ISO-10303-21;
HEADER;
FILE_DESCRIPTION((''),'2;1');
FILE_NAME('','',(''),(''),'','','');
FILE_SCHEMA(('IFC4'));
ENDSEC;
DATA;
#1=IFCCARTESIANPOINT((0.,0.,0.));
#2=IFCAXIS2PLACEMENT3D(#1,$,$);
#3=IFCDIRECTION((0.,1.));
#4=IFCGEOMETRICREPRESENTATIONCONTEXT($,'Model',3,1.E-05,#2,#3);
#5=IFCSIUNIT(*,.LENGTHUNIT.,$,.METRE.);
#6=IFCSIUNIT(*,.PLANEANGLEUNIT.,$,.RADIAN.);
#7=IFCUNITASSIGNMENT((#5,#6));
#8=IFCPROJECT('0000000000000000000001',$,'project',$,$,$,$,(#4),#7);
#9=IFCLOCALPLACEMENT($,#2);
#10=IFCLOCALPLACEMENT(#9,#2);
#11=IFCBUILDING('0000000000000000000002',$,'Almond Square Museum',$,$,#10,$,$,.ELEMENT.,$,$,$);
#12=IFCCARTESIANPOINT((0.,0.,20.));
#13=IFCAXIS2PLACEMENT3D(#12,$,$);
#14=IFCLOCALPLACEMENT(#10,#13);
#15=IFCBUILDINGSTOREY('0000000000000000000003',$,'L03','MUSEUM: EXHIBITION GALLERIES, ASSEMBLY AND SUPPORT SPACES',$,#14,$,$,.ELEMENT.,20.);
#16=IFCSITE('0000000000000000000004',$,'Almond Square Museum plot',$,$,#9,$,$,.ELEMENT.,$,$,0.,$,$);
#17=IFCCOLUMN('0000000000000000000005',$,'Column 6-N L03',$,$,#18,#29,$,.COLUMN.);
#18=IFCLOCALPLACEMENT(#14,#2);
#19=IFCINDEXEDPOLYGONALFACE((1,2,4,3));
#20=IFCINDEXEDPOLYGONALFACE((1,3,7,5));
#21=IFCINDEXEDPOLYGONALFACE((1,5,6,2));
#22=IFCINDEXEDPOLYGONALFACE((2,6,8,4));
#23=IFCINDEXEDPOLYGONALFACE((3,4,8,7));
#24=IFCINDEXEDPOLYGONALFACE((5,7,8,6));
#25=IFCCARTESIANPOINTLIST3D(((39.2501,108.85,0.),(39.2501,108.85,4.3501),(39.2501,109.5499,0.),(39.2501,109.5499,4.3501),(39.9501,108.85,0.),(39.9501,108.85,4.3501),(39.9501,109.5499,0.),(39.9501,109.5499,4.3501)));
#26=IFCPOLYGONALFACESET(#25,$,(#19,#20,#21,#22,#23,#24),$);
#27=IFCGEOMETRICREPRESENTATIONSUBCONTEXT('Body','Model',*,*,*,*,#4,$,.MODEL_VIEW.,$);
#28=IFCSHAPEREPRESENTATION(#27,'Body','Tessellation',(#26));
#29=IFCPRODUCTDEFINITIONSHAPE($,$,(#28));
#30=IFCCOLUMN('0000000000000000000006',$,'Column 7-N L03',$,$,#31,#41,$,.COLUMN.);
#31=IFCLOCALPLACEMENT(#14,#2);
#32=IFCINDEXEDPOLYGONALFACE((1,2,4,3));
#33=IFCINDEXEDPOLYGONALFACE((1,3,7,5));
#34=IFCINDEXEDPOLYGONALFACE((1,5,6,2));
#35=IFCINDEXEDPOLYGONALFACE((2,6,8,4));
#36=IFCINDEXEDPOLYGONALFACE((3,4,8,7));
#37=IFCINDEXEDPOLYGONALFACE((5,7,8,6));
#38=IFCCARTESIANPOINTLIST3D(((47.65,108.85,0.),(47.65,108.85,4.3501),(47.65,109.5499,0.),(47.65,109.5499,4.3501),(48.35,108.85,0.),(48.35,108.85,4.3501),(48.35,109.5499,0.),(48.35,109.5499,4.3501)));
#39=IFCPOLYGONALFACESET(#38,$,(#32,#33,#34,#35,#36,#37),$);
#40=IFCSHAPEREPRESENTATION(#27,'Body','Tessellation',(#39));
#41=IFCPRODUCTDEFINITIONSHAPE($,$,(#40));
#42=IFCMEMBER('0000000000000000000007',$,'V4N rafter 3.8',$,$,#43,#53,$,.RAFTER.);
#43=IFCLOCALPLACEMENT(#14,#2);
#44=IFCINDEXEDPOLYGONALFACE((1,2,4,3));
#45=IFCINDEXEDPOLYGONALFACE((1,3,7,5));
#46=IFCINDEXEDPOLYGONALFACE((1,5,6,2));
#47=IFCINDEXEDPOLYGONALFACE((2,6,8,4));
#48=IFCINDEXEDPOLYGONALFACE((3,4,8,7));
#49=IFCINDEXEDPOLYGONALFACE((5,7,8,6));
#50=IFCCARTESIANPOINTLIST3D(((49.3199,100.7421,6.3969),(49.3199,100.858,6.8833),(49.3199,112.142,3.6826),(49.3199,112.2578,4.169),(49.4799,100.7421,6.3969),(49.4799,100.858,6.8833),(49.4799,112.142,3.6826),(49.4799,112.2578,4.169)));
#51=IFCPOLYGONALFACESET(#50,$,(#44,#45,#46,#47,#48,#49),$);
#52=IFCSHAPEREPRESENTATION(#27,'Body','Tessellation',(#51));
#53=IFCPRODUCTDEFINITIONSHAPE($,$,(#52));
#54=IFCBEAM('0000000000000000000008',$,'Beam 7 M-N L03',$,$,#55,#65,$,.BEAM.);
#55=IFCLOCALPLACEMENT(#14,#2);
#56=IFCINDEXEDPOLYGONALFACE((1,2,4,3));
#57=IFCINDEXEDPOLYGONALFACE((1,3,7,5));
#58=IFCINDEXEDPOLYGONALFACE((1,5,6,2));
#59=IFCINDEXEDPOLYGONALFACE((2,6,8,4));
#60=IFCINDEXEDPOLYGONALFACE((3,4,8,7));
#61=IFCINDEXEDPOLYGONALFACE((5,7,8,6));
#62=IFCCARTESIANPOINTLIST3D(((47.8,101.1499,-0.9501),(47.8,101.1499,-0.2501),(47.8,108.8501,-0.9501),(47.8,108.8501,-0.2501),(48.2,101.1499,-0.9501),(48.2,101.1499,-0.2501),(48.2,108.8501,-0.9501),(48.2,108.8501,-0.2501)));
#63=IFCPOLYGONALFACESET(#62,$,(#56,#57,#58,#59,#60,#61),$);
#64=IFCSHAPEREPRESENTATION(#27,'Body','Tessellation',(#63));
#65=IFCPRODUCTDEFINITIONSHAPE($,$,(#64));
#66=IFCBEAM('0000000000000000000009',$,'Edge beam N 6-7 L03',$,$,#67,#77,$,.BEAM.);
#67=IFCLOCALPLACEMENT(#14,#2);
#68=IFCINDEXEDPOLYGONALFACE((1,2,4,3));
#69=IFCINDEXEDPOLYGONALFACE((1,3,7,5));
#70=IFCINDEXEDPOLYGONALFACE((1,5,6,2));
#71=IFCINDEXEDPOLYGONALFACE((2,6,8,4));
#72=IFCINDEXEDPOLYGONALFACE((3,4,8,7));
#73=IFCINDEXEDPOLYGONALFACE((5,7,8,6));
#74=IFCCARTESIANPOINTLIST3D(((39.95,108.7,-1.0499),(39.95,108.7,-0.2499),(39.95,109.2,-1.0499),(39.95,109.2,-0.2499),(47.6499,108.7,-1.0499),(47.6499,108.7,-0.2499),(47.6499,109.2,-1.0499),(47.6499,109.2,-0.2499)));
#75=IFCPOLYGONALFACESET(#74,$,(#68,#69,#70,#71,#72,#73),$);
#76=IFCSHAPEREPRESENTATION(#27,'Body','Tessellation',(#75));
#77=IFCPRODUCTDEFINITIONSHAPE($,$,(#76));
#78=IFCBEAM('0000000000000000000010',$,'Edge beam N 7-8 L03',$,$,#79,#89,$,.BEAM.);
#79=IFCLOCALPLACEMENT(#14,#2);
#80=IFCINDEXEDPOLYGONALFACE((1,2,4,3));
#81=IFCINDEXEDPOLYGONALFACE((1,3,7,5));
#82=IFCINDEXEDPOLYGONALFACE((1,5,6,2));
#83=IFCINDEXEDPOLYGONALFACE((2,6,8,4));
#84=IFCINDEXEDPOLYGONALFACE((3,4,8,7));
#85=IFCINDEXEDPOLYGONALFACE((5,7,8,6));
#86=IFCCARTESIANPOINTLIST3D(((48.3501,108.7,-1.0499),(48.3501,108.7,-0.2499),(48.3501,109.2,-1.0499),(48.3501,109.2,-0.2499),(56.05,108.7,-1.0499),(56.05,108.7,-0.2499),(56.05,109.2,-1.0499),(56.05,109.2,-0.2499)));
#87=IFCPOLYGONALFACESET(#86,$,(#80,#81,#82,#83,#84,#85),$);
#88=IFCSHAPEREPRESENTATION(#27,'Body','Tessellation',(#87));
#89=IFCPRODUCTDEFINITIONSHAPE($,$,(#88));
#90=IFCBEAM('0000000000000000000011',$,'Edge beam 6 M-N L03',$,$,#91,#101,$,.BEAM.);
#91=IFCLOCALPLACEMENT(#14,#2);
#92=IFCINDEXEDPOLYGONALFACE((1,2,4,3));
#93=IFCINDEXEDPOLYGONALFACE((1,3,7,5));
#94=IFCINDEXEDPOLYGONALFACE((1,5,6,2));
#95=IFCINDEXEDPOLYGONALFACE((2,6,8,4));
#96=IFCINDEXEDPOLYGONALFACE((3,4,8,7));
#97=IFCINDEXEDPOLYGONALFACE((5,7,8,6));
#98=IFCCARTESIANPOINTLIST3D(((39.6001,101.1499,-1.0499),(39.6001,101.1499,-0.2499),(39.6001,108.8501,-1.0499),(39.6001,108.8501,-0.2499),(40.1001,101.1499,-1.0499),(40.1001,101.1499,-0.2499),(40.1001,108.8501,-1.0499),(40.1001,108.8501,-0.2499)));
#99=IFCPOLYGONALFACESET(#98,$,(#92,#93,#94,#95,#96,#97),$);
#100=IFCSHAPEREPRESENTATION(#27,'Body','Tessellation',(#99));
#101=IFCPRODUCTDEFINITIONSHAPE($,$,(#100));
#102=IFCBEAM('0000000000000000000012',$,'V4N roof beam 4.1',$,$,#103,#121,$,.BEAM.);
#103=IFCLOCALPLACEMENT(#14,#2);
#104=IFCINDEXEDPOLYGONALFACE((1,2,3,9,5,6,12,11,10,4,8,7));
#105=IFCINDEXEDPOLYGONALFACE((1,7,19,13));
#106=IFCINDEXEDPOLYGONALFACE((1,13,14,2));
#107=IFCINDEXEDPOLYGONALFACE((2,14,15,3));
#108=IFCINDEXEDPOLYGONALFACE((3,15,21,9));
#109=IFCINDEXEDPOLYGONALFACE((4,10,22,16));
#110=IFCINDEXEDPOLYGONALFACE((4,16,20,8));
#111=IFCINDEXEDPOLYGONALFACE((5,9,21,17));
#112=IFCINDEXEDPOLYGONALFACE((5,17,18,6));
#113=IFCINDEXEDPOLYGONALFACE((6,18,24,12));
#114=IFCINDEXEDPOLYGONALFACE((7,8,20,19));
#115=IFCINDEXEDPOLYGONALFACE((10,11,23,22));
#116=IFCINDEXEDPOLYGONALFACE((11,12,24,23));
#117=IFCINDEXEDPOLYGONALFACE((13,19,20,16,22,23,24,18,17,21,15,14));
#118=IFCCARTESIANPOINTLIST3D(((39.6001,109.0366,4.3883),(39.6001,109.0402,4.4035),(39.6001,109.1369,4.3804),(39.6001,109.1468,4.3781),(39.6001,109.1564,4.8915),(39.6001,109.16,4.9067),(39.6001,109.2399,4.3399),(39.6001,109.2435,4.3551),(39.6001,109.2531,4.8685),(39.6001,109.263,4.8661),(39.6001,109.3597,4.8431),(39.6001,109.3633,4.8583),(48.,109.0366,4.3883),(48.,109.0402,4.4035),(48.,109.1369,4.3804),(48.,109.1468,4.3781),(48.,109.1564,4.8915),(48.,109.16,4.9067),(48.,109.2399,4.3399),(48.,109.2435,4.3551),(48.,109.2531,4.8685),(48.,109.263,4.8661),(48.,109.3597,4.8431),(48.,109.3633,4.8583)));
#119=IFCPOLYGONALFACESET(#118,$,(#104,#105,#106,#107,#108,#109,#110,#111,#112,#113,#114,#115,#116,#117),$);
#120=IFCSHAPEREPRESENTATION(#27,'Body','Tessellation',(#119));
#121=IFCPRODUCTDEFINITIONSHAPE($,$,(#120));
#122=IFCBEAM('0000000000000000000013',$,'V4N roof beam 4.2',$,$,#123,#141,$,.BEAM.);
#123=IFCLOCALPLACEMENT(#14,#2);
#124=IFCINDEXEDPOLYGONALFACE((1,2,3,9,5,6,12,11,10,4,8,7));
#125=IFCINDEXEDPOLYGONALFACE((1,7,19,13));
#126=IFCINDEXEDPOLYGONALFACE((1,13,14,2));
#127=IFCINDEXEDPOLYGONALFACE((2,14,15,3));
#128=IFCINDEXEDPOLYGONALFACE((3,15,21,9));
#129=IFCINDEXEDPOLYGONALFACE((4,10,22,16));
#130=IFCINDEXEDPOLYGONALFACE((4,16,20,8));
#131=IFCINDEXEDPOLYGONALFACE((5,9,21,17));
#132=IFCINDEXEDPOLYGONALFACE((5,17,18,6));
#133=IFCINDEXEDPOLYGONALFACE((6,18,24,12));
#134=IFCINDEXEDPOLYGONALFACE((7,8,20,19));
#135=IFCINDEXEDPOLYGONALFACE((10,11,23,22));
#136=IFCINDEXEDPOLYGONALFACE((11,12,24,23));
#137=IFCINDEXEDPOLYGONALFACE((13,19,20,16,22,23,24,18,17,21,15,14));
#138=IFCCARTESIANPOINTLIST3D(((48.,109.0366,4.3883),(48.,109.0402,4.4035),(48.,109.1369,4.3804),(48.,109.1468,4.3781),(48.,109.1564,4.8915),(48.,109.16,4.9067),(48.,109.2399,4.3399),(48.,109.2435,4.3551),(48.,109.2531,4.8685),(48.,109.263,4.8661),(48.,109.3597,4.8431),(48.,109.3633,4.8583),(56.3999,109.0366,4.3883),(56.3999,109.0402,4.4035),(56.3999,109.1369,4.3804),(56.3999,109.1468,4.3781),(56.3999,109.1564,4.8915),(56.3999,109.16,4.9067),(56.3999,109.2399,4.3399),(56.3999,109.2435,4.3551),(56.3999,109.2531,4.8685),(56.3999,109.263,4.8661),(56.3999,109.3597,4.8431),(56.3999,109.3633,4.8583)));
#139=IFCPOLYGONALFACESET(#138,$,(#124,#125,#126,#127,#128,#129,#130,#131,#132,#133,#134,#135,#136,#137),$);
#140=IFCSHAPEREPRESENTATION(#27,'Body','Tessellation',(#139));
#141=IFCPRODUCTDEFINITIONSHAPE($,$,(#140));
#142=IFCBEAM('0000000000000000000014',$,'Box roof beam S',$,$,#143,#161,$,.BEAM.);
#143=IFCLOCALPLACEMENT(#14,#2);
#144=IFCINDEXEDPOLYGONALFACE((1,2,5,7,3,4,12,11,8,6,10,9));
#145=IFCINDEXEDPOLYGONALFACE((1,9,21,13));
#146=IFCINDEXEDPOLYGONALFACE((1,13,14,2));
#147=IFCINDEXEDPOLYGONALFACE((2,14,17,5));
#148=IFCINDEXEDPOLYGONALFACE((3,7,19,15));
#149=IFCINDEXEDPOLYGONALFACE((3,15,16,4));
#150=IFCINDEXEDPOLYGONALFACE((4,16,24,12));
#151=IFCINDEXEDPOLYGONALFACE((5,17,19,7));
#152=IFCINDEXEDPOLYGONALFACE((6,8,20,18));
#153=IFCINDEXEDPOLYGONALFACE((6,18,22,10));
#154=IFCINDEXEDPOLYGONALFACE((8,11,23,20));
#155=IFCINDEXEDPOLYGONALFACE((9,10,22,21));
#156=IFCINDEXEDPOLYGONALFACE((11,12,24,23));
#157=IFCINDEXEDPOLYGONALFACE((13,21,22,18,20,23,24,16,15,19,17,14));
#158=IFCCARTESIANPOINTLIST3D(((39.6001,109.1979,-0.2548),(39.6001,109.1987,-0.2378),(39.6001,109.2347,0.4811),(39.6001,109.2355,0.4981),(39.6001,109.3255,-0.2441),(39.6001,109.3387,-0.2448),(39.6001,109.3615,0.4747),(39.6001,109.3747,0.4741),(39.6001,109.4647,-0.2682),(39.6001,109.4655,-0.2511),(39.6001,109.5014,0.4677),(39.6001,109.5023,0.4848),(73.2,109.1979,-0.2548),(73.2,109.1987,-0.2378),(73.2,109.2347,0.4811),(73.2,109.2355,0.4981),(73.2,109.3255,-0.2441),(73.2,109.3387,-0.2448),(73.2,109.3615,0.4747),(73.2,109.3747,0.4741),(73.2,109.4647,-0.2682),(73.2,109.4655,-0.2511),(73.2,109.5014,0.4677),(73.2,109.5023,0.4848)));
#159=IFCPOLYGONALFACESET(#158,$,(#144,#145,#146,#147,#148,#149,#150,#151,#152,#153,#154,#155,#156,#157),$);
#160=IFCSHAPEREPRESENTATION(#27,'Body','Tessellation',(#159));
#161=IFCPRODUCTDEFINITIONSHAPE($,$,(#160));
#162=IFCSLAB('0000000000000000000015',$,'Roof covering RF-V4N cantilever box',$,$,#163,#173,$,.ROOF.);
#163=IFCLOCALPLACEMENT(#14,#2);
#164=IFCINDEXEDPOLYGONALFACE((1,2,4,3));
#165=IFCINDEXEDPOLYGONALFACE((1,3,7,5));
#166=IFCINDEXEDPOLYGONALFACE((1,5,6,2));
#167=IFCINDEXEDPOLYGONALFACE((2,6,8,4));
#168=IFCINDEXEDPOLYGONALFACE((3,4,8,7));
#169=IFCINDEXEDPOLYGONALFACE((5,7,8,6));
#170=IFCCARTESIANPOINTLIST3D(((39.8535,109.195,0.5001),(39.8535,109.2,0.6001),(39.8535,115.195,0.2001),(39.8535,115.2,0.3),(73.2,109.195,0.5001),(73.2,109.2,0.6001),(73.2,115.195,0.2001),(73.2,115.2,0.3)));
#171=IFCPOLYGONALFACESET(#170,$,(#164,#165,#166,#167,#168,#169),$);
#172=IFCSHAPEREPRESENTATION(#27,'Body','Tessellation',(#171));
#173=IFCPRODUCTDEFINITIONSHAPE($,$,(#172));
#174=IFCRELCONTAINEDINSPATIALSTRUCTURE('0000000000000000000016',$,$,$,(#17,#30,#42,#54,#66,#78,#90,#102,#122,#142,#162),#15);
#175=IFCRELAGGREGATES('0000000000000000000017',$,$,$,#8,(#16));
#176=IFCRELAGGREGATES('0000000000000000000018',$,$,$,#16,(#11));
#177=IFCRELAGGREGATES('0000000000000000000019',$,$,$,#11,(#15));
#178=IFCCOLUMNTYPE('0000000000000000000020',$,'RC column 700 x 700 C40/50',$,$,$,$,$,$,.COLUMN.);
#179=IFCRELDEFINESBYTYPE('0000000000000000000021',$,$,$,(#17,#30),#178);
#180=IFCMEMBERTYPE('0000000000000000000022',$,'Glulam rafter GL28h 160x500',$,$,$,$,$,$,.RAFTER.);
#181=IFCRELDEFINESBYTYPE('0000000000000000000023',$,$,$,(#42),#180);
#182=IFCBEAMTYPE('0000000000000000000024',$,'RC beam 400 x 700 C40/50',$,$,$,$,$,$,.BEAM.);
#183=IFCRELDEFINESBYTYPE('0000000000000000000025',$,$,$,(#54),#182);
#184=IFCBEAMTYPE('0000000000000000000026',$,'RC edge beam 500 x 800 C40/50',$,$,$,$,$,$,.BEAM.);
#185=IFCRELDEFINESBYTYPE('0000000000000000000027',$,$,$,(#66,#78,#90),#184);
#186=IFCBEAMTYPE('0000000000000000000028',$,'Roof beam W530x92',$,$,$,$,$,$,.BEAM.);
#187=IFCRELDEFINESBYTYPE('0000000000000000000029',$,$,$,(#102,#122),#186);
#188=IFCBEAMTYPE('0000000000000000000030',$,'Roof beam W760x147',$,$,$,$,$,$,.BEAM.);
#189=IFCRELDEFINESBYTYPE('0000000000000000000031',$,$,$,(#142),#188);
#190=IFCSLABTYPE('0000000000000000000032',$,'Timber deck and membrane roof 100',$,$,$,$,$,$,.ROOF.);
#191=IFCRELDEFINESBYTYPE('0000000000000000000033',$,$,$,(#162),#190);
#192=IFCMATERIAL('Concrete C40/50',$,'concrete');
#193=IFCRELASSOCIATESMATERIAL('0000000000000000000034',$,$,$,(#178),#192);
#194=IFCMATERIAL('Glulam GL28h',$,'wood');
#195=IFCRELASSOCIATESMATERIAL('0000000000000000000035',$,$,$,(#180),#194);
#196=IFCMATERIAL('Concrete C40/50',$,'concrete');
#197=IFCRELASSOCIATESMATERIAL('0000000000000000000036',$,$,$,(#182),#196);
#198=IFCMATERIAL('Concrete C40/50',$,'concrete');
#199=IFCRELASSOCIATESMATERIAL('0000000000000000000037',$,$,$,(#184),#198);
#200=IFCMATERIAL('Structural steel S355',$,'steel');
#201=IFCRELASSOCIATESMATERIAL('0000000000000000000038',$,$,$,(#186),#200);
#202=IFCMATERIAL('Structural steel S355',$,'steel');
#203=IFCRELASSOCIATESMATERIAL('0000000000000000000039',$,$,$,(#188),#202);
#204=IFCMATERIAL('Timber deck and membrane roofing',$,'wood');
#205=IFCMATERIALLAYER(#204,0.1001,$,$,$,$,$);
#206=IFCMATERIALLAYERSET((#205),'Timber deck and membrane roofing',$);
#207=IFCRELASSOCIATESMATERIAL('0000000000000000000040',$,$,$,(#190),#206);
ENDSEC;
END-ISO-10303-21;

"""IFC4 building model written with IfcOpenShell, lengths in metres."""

from ifc_helpers import new_model, si_unit, direction, frame, origin, origin_2d, place, context, subcontext, project, spatial, polyline, rectangle, i_section, outline, extrude, material, layer, layer_set, material_profile, profile_set, type_object, element, save


model = new_model("IFC4")

# Units and contexts
model_context = context("Model", 3, precision=1e-05, world=origin(), true_north=direction((0.0, 1.0)))
body_context = subcontext(model_context, "Body", "Model", "MODEL_VIEW")
ifc_project = project(units=[si_unit("LENGTHUNIT", "METRE"), si_unit("PLANEANGLEUNIT", "RADIAN")], contexts=[model_context])

# Site, building, storey
site_placement = place(None, origin())
site = spatial("IfcSite", under=ifc_project, at=site_placement, Name="Almond Square Museum plot", CompositionType="ELEMENT", RefElevation=0.0)
building_placement = place(site_placement, origin())
building = spatial("IfcBuilding", under=site, at=building_placement, Name="Almond Square Museum", CompositionType="ELEMENT")
storey_placement = place(building_placement, frame((0.0, 0.0, 20.0)))
storey = spatial("IfcBuildingStorey", under=building, at=storey_placement, Name="L03", Description="MUSEUM: EXHIBITION GALLERIES, ASSEMBLY AND SUPPORT SPACES", CompositionType="ELEMENT", Elevation=20.0)

# Columns
ifc_material_1 = material(Name="Concrete C40/50", Category="concrete")
ifc_material_profile_1 = material_profile(ifc_material_1, rectangle(XDim=0.7, YDim=0.7, at=origin_2d()))
ifc_profile_set_1 = profile_set([ifc_material_profile_1], Name="Concrete C40/50")
column_type = type_object("IfcColumnType", Name="RC column 700 x 700 C40/50", PredefinedType="COLUMN", material=ifc_profile_set_1)
for number, where, z_axis, x_axis, name in (
    (1, (39.6001, 109.2, 0.0), (0.0, 0.0, 1.0), (1.0, 0.0, 0.0), "Column 6-N L03"),
    (2, (48.0, 109.2, 0.0), (0.0, 0.0, 1.0), (1.0, 0.0, 0.0), "Column 7-N L03"),
):
    element("IfcColumn", number, at=place(storey_placement, frame(where, z_axis=z_axis, x_axis=x_axis)), inside=storey, type_object=column_type, Name=name, PredefinedType="COLUMN", context=body_context, shape_type="SweptSolid", body=[
        extrude(rectangle(XDim=0.7, YDim=0.7, at=origin_2d()), origin(), (0.0, 0.0, 1.0), 4.3501),
    ])

# Member
ifc_material_2 = material(Name="Glulam GL28h", Category="wood")
ifc_material_profile_2 = material_profile(ifc_material_2, rectangle(XDim=0.1599, YDim=0.5, at=origin_2d()))
ifc_profile_set_2 = profile_set([ifc_material_profile_2], Name="Glulam GL28h")
member_type = type_object("IfcMemberType", Name="Glulam rafter GL28h 160x500", PredefinedType="RAFTER", material=ifc_profile_set_2)
member_placement = place(storey_placement, frame((49.3999, 100.8, 6.6401), z_axis=(0.0, 0.972804, -0.231628), x_axis=(-1.0, 0.0, 0.0)))
element("IfcMember", 3, at=member_placement, inside=storey, type_object=member_type, Name="V4N rafter 3.8", PredefinedType="RAFTER", context=body_context, shape_type="SweptSolid", body=[
    extrude(rectangle(XDim=0.1599, YDim=0.5, at=origin_2d()), origin(), (0.0, 0.0, 1.0), 11.7185),
])

# Beams
ifc_material_3 = material(Name="Concrete C40/50", Category="concrete")
ifc_material_profile_3 = material_profile(ifc_material_3, rectangle(XDim=0.3999, YDim=0.7, at=origin_2d()))
ifc_profile_set_3 = profile_set([ifc_material_profile_3], Name="Concrete C40/50")
beam_type_1 = type_object("IfcBeamType", Name="RC beam 400 x 700 C40/50", PredefinedType="BEAM", material=ifc_profile_set_3)
beam_1_placement = place(storey_placement, frame((48.0, 101.1499, -0.6001), z_axis=(0.0, 1.0, 0.0), x_axis=(-1.0, 0.0, 0.0)))
element("IfcBeam", 4, at=beam_1_placement, inside=storey, type_object=beam_type_1, Name="Beam 7 M-N L03", PredefinedType="BEAM", context=body_context, shape_type="SweptSolid", body=[
    extrude(rectangle(XDim=0.3999, YDim=0.7, at=origin_2d()), origin(), (0.0, 0.0, 1.0), 7.7002),
])
ifc_material_4 = material(Name="Concrete C40/50", Category="concrete")
ifc_material_profile_4 = material_profile(ifc_material_4, rectangle(XDim=0.5, YDim=0.8, at=origin_2d()))
ifc_profile_set_4 = profile_set([ifc_material_profile_4], Name="Concrete C40/50")
beam_type_2 = type_object("IfcBeamType", Name="RC edge beam 500 x 800 C40/50", PredefinedType="BEAM", material=ifc_profile_set_4)
for number, where, z_axis, x_axis, name in (
    (5, (39.95, 108.95, -0.6499), (1.0, 0.0, 0.0), (0.0, 1.0, 0.0), "Edge beam N 6-7 L03"),
    (6, (48.3501, 108.95, -0.6499), (1.0, 0.0, 0.0), (0.0, 1.0, 0.0), "Edge beam N 7-8 L03"),
):
    element("IfcBeam", number, at=place(storey_placement, frame(where, z_axis=z_axis, x_axis=x_axis)), inside=storey, type_object=beam_type_2, Name=name, PredefinedType="BEAM", context=body_context, shape_type="SweptSolid", body=[
        extrude(rectangle(XDim=0.5, YDim=0.8, at=origin_2d()), origin(), (0.0, 0.0, 1.0), 7.7),
    ])
beam_2_placement = place(storey_placement, frame((39.8501, 101.1499, -0.6499), z_axis=(0.0, 1.0, 0.0), x_axis=(-1.0, 0.0, 0.0)))
element("IfcBeam", 7, at=beam_2_placement, inside=storey, type_object=beam_type_2, Name="Edge beam 6 M-N L03", PredefinedType="BEAM", context=body_context, shape_type="SweptSolid", body=[
    extrude(rectangle(XDim=0.5, YDim=0.8, at=origin_2d()), origin(), (0.0, 0.0, 1.0), 7.7002),
])
ifc_material_5 = material(Name="Structural steel S355", Category="steel")
ifc_material_profile_5 = material_profile(ifc_material_5, i_section(OverallWidth=0.209, OverallDepth=0.533, WebThickness=0.0103, FlangeThickness=0.0156, at=origin_2d()))
ifc_profile_set_5 = profile_set([ifc_material_profile_5], Name="Structural steel S355")
beam_type_3 = type_object("IfcBeamType", Name="Roof beam W530x92", PredefinedType="BEAM", material=ifc_profile_set_5)
for number, where, z_axis, x_axis, name in (
    (8, (39.6001, 109.2, 4.6233), (1.0, 0.0, 0.0), (0.0, 0.972806, -0.231621), "V4N roof beam 4.1"),
    (9, (48.0, 109.2, 4.6233), (1.0, 0.0, 0.0), (0.0, 0.972806, -0.231621), "V4N roof beam 4.2"),
):
    element("IfcBeam", number, at=place(storey_placement, frame(where, z_axis=z_axis, x_axis=x_axis)), inside=storey, type_object=beam_type_3, Name=name, PredefinedType="BEAM", context=body_context, shape_type="SweptSolid", body=[
        extrude(i_section(OverallWidth=0.209, OverallDepth=0.533, WebThickness=0.0103, FlangeThickness=0.0156, at=origin_2d()), origin(), (0.0, 0.0, 1.0), 8.3999),
    ])
ifc_material_6 = material(Name="Structural steel S355", Category="steel")
ifc_material_profile_6 = material_profile(ifc_material_6, i_section(OverallWidth=0.2671, OverallDepth=0.7539, WebThickness=0.0132, FlangeThickness=0.0171, at=origin_2d()))
ifc_profile_set_6 = profile_set([ifc_material_profile_6], Name="Structural steel S355")
beam_type_4 = type_object("IfcBeamType", Name="Roof beam W760x147", PredefinedType="BEAM", material=ifc_profile_set_6)
beam_3_placement = place(storey_placement, frame((39.6001, 109.3501, 0.115), z_axis=(1.0, 0.0, 0.0), x_axis=(0.0, 0.998752, -0.049938)))
element("IfcBeam", 10, at=beam_3_placement, inside=storey, type_object=beam_type_4, Name="Box roof beam S", PredefinedType="BEAM", context=body_context, shape_type="SweptSolid", body=[
    extrude(i_section(OverallWidth=0.2671, OverallDepth=0.7539, WebThickness=0.0132, FlangeThickness=0.0171, at=origin_2d()), origin(), (0.0, 0.0, 1.0), 33.5999),
])

# Slab
ifc_material_7 = material(Name="Timber deck and membrane roofing", Category="wood")
ifc_layer_1 = layer(ifc_material_7, 0.1001)
ifc_layer_set_1 = layer_set([ifc_layer_1], Name="Timber deck and membrane roofing")
slab_type = type_object("IfcSlabType", Name="Timber deck and membrane roof 100", PredefinedType="ROOF", material=ifc_layer_set_1)
slab_placement = place(storey_placement, frame((39.8535, 109.2, 0.6001), z_axis=(0.0, 0.049946, 0.998752), x_axis=(1.0, 0.0, 0.0)))
element("IfcSlab", 11, at=slab_placement, inside=storey, type_object=slab_type, Name="Roof covering RF-V4N cantilever box", PredefinedType="ROOF", context=body_context, shape_type="SweptSolid", body=[
    extrude(outline(polyline([(0.0, 0.0), (33.3464, 0.0), (33.3464, 6.0075), (0.0, 6.0075), (0.0, 0.0)])), origin(), (0.0, 0.0, -1.0), 0.1001),
])

save(model, "model.ifc")
